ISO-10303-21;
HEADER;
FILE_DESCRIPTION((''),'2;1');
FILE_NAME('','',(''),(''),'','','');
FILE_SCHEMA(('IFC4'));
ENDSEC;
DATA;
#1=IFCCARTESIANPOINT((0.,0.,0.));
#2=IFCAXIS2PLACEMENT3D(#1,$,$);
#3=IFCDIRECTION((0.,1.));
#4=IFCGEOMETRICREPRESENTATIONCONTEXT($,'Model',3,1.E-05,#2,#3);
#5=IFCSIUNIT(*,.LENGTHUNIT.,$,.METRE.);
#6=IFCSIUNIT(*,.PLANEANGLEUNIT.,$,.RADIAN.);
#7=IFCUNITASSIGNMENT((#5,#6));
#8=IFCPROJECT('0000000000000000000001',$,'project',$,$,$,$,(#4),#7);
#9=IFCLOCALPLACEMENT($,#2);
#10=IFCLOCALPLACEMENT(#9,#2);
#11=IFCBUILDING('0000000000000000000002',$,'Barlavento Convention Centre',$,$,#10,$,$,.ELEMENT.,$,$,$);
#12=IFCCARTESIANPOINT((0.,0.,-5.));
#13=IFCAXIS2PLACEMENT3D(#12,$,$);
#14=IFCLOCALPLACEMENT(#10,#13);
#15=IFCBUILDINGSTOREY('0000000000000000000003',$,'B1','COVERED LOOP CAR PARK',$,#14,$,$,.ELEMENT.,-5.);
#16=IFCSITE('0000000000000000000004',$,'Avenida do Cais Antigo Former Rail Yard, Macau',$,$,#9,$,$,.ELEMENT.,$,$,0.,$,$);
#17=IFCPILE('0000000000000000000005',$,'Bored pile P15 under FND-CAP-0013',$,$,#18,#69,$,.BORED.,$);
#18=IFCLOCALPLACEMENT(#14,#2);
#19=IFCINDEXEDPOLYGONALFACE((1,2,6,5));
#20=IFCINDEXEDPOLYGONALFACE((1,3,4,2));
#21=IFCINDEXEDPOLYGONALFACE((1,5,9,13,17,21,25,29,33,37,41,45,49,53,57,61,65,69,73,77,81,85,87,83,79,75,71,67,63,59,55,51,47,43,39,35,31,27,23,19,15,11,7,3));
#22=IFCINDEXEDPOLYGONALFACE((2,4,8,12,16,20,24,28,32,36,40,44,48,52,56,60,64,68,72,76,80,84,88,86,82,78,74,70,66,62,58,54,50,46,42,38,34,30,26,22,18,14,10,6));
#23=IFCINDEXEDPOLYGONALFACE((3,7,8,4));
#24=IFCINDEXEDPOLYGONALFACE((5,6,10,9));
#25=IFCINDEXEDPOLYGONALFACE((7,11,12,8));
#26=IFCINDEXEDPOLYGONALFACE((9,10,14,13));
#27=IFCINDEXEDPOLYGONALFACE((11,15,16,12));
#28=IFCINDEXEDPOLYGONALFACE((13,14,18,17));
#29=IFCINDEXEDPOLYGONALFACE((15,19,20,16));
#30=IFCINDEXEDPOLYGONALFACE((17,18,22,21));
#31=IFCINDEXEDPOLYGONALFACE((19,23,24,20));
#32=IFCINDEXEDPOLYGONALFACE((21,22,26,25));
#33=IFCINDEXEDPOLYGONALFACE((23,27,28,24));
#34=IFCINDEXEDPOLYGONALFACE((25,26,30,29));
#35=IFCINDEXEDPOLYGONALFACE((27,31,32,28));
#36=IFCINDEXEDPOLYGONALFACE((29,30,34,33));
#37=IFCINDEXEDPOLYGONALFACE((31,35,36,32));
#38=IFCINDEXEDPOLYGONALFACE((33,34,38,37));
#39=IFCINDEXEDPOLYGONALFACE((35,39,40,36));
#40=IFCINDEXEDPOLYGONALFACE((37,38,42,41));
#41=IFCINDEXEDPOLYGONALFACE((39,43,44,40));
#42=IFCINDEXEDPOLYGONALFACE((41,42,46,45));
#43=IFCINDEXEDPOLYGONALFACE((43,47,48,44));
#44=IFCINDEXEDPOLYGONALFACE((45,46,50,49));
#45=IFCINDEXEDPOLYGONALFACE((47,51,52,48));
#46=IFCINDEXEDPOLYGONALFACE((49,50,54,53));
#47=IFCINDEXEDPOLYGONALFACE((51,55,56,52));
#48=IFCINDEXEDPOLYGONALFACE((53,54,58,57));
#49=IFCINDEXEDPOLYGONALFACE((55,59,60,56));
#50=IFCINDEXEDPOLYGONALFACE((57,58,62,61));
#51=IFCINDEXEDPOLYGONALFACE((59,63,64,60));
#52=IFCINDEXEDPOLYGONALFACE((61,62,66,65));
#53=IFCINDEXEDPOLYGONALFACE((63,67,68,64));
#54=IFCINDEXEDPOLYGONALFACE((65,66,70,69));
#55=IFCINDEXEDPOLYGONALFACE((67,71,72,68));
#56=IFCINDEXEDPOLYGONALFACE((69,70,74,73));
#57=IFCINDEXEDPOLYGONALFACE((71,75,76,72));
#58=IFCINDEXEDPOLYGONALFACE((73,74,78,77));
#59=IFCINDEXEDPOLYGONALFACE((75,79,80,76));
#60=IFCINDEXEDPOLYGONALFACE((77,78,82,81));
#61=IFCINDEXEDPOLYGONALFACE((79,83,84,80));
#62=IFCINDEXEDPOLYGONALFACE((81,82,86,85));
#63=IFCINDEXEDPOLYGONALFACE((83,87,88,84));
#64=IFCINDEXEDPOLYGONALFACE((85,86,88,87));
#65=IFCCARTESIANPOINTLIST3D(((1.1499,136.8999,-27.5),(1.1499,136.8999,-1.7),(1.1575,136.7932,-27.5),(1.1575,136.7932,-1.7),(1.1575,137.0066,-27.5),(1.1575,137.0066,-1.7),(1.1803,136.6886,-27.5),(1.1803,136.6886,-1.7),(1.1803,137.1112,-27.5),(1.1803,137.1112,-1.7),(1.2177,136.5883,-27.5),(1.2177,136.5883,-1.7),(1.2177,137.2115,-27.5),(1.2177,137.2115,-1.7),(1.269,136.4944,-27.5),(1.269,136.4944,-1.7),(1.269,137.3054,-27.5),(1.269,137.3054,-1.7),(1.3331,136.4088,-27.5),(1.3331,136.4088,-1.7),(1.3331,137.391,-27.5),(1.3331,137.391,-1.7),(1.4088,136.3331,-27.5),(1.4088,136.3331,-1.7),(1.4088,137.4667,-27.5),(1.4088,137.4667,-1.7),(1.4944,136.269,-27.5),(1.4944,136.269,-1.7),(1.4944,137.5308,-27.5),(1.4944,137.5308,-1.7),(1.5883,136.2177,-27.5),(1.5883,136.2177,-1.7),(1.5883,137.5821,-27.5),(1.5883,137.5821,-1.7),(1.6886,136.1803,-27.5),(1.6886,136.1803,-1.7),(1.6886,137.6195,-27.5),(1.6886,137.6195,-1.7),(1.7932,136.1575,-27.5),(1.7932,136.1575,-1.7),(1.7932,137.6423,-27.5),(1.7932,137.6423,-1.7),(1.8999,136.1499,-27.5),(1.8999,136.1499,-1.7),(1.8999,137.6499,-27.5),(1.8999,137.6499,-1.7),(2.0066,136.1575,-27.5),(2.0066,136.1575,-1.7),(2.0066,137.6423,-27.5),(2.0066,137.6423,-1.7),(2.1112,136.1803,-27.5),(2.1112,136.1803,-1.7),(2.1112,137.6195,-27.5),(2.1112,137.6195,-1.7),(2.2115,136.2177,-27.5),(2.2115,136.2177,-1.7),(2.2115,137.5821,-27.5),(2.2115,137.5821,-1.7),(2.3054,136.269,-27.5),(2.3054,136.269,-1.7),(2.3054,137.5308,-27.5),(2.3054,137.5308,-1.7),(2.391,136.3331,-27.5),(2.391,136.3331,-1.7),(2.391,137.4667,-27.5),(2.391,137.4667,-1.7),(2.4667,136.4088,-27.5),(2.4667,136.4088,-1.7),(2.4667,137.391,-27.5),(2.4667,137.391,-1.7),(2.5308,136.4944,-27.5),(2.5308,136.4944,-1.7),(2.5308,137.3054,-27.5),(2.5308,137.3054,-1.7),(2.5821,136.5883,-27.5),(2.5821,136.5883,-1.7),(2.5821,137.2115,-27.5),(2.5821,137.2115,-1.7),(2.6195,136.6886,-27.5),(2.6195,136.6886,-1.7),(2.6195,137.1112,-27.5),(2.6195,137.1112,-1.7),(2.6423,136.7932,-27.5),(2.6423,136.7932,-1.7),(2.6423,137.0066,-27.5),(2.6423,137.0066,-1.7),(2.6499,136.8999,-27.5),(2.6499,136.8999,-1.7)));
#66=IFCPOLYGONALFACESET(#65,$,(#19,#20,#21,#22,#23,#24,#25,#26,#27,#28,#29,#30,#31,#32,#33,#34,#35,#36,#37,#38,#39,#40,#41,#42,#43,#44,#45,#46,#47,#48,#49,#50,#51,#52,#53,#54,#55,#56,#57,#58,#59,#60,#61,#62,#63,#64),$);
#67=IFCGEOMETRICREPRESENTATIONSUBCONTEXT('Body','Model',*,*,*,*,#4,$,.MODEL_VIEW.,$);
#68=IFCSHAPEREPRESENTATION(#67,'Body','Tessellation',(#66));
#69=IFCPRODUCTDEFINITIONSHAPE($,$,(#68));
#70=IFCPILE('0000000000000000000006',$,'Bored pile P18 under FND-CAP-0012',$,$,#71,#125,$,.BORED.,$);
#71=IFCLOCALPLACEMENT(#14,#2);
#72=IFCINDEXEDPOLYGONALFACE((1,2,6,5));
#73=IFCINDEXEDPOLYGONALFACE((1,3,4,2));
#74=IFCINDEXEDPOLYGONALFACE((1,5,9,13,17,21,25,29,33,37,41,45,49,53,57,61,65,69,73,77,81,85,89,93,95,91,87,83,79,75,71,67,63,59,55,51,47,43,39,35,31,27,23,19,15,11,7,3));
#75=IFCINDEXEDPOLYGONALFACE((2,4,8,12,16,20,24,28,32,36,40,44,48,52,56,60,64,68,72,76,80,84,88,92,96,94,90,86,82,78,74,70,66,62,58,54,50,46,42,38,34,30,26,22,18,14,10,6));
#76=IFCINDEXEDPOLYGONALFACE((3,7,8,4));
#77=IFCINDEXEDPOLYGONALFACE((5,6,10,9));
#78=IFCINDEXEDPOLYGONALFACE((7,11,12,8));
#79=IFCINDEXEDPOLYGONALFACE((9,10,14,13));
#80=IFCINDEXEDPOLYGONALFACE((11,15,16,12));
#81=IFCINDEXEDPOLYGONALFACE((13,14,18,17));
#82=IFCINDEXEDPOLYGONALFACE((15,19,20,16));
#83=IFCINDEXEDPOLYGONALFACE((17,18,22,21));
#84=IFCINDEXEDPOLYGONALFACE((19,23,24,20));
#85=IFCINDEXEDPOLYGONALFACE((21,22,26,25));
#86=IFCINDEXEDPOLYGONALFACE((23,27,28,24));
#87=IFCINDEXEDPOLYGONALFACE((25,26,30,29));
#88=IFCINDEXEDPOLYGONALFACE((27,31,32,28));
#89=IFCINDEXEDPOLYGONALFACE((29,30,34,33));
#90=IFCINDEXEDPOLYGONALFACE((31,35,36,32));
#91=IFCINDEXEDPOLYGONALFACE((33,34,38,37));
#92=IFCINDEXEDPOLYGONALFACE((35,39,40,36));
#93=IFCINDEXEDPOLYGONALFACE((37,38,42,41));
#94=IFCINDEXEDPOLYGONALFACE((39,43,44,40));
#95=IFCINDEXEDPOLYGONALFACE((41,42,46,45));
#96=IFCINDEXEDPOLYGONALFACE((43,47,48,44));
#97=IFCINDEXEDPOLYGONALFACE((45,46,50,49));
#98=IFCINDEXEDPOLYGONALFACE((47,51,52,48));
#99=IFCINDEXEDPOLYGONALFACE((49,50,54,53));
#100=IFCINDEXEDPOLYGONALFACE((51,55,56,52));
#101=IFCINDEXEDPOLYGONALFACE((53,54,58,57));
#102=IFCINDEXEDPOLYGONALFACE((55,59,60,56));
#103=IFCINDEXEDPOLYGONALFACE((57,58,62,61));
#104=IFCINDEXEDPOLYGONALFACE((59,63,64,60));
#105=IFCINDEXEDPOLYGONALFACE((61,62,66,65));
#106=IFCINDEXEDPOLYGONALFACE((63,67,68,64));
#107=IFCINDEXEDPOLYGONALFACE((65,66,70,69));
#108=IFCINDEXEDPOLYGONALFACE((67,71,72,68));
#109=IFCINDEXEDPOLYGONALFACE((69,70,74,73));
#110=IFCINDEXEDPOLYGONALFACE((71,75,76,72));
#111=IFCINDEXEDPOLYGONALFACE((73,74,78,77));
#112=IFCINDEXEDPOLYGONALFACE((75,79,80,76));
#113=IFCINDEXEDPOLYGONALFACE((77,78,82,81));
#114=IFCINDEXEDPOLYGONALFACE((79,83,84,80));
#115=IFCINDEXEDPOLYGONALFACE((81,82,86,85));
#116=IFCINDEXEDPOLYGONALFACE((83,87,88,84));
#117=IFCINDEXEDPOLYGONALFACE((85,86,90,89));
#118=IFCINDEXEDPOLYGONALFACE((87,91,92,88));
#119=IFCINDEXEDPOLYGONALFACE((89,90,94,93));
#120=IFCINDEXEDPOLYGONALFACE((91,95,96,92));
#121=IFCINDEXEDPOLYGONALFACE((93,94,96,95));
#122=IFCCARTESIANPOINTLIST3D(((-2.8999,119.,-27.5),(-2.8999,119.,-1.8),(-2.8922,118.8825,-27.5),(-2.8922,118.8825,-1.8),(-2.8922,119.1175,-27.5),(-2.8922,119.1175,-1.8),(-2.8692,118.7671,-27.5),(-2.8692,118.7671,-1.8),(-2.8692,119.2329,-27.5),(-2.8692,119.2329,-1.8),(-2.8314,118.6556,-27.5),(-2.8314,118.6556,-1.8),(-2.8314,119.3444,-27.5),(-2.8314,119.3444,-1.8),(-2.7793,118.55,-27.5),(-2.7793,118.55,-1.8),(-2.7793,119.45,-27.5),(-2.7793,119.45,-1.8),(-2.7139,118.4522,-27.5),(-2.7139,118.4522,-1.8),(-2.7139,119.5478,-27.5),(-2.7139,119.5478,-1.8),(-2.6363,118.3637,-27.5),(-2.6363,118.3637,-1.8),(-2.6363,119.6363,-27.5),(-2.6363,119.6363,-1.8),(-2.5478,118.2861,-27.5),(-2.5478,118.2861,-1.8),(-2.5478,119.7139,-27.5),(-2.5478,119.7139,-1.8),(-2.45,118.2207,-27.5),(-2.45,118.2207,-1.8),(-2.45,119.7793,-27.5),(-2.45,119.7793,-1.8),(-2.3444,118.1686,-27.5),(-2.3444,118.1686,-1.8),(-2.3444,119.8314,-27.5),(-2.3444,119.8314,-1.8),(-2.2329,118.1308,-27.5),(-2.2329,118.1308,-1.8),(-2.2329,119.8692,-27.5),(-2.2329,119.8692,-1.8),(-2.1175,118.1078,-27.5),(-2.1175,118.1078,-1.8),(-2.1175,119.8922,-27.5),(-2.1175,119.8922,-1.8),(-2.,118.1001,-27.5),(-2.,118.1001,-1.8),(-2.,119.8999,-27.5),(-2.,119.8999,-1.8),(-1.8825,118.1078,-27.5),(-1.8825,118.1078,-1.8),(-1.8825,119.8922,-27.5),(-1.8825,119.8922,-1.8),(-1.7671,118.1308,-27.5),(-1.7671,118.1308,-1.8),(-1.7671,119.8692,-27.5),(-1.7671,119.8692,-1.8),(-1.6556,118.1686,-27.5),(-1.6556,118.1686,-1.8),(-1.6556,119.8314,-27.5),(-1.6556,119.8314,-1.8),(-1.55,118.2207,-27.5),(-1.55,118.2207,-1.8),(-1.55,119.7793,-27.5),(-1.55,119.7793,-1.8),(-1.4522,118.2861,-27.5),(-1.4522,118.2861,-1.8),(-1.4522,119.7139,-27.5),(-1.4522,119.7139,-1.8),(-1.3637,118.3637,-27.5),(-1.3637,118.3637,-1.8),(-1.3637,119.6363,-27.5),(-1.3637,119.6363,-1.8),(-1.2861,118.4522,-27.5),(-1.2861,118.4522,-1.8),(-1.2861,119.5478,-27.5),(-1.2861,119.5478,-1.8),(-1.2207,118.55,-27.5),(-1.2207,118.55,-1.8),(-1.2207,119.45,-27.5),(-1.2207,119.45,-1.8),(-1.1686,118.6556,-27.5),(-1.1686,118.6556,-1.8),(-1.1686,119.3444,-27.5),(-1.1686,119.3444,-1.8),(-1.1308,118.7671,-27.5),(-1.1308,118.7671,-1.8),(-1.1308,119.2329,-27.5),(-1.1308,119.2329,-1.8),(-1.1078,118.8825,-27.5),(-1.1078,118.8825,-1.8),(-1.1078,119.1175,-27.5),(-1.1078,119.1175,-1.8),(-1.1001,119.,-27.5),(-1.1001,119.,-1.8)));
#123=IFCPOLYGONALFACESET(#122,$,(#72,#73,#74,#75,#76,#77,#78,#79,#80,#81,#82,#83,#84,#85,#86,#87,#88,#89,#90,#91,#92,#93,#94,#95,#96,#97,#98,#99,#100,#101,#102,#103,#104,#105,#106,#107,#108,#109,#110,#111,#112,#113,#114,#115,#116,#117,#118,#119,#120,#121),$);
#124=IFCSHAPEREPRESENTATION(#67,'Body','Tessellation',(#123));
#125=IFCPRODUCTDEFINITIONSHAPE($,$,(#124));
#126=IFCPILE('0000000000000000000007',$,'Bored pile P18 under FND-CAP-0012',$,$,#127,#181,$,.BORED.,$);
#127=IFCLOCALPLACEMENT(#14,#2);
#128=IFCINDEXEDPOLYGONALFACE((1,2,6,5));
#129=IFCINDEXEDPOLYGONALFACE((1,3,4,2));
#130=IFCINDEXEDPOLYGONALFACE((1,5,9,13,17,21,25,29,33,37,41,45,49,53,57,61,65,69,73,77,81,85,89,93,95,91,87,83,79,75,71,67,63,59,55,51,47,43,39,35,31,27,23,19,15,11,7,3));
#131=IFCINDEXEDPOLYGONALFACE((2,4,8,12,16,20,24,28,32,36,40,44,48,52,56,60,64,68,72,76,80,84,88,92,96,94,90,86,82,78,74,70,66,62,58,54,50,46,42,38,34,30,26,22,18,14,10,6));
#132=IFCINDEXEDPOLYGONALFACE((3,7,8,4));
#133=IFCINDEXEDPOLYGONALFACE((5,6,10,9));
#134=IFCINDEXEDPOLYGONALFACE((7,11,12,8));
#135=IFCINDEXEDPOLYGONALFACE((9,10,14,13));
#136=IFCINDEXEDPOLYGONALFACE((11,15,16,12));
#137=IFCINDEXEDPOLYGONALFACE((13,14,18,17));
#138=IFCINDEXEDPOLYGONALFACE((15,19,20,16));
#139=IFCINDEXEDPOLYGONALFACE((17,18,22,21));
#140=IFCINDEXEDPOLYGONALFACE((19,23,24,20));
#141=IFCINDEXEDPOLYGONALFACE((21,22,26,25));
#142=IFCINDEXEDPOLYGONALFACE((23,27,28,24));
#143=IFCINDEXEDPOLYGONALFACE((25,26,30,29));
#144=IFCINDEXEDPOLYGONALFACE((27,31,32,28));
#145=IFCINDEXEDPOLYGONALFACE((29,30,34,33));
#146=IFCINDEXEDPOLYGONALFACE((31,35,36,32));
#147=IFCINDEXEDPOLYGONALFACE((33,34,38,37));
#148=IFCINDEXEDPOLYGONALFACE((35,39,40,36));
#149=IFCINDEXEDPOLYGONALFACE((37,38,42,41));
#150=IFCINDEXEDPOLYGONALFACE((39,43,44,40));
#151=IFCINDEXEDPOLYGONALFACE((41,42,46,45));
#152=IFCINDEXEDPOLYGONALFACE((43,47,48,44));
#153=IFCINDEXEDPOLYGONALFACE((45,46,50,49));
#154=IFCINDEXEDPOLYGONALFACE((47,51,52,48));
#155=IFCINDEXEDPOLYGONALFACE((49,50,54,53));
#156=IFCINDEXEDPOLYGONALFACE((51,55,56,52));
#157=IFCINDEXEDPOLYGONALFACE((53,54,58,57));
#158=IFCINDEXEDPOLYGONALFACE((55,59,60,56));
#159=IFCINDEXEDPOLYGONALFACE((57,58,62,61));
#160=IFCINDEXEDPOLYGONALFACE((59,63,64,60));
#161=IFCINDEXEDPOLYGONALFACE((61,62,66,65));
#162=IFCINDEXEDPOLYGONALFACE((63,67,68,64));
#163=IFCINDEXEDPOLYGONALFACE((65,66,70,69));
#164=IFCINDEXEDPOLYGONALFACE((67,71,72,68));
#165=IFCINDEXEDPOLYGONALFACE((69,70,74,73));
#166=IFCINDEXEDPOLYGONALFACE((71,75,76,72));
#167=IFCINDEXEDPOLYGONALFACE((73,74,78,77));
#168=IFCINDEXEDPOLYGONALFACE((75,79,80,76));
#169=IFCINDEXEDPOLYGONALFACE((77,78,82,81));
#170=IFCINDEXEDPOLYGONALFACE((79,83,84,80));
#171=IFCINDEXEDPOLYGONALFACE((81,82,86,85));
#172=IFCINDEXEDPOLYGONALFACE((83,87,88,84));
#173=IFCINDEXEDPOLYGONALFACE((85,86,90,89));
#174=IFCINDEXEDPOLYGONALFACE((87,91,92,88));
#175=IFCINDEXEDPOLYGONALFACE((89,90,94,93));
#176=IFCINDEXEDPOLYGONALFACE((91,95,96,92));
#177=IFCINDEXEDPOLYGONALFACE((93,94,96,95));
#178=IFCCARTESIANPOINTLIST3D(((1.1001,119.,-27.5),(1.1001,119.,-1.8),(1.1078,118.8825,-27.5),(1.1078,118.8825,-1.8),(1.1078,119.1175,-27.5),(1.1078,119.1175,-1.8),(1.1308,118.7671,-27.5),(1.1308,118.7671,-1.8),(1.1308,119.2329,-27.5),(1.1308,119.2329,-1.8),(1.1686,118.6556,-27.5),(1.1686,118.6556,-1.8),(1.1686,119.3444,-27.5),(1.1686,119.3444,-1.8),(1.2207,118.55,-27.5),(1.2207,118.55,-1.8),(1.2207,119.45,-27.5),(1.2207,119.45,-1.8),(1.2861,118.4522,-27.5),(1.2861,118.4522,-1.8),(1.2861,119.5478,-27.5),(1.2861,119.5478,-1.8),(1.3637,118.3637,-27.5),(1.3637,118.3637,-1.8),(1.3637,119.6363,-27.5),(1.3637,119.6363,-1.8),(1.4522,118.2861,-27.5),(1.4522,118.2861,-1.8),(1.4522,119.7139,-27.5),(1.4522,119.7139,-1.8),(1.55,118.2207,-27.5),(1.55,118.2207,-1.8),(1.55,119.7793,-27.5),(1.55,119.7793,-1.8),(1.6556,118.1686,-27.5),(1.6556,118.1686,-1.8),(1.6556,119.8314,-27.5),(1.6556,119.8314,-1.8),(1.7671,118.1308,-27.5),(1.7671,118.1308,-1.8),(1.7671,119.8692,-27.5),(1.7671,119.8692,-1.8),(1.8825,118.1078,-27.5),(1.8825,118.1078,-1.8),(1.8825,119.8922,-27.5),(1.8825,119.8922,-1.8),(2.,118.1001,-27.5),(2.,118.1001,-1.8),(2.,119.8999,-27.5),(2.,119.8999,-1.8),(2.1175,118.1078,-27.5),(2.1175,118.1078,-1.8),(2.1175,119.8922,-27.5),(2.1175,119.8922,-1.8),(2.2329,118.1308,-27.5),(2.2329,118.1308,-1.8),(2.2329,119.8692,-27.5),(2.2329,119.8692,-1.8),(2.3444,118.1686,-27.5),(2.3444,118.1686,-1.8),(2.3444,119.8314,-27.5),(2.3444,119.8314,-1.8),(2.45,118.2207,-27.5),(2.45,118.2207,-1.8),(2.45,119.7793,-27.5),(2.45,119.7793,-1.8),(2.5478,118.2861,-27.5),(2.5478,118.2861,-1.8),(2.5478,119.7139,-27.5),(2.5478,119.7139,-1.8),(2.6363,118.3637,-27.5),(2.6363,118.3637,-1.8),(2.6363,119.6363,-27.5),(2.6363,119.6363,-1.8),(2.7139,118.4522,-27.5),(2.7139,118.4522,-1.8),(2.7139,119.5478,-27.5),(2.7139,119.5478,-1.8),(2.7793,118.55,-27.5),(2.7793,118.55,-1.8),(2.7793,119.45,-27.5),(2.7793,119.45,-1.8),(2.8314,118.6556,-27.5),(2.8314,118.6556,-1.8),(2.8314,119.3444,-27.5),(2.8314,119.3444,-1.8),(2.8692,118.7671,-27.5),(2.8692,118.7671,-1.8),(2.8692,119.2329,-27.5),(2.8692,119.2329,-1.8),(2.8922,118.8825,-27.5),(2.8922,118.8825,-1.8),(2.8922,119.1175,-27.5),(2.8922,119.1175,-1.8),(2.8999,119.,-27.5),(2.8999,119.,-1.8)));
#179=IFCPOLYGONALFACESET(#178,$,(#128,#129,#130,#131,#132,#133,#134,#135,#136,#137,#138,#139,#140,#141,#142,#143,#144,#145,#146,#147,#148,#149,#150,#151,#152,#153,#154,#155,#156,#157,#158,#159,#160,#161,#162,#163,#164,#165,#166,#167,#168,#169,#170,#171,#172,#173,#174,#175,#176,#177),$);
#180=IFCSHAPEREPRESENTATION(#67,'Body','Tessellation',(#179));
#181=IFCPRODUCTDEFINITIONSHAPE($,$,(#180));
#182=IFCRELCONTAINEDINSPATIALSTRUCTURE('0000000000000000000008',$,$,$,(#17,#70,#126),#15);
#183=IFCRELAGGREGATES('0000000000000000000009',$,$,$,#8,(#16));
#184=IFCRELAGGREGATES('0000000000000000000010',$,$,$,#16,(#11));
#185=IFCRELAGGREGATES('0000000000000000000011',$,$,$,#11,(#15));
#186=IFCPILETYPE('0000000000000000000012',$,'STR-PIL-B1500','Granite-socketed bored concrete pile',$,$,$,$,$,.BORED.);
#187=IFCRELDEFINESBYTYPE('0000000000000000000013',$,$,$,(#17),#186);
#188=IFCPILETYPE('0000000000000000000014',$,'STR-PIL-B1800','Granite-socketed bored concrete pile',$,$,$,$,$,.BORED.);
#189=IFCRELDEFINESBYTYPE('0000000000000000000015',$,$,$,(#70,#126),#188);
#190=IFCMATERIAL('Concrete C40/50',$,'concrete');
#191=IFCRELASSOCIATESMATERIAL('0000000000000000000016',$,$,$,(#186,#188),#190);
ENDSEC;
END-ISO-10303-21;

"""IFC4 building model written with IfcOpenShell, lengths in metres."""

from ifc_helpers import new_model, si_unit, direction, frame, origin, origin_2d, place, context, subcontext, project, spatial, circle, extrude, material, material_profile, profile_set, type_object, element, save


model = new_model("IFC4")

# Units and contexts
model_context = context("Model", 3, precision=1e-05, world=origin(), true_north=direction((0.0, 1.0)))
body_context = subcontext(model_context, "Body", "Model", "MODEL_VIEW")
ifc_project = project(units=[si_unit("LENGTHUNIT", "METRE"), si_unit("PLANEANGLEUNIT", "RADIAN")], contexts=[model_context])

# Site, building, storey
site_placement = place(None, origin())
site = spatial("IfcSite", under=ifc_project, at=site_placement, Name="Avenida do Cais Antigo Former Rail Yard, Macau", CompositionType="ELEMENT", RefElevation=0.0)
building_placement = place(site_placement, origin())
building = spatial("IfcBuilding", under=site, at=building_placement, Name="Barlavento Convention Centre", CompositionType="ELEMENT")
storey_placement = place(building_placement, frame((0.0, 0.0, -5.0)))
storey = spatial("IfcBuildingStorey", under=building, at=storey_placement, Name="B1", Description="COVERED LOOP CAR PARK", CompositionType="ELEMENT", Elevation=-5.0)

# Shared definitions
ifc_material_1 = material(Name="Concrete C40/50", Category="concrete")

# Piles
ifc_material_profile_1 = material_profile(ifc_material_1, circle(Radius=0.75, at=origin_2d()), Name="BORED PILE 1500")
ifc_profile_set_1 = profile_set([ifc_material_profile_1], Name="Concrete C40/50")
pile_type_1 = type_object("IfcPileType", Name="STR-PIL-B1500", Description="Granite-socketed bored concrete pile", PredefinedType="BORED", material=ifc_profile_set_1)
for number, where, z_axis, x_axis, name in (
    (1, (1.8999, 136.8999, -1.7), (0.0, 0.0, -1.0), (1.0, 0.0, 0.0), "Bored pile P15 under FND-CAP-0013"),
):
    element("IfcPile", number, at=place(storey_placement, frame(where, z_axis=z_axis, x_axis=x_axis)), inside=storey, type_object=pile_type_1, Name=name, PredefinedType="BORED", context=body_context, shape_type="SweptSolid", body=[
        extrude(circle(Radius=0.75, at=origin_2d()), origin(), (0.0, 0.0, 1.0), 25.8),
    ])
ifc_material_profile_2 = material_profile(ifc_material_1, circle(Radius=0.8999, at=origin_2d()), Name="BORED PILE 1800")
ifc_profile_set_2 = profile_set([ifc_material_profile_2], Name="Concrete C40/50")
pile_type_2 = type_object("IfcPileType", Name="STR-PIL-B1800", Description="Granite-socketed bored concrete pile", PredefinedType="BORED", material=ifc_profile_set_2)
for number, where, z_axis, x_axis, name in (
    (2, (-2.0, 119.0, -1.8), (0.0, 0.0, -1.0), (1.0, 0.0, 0.0), "Bored pile P18 under FND-CAP-0012"),
    (3, (2.0, 119.0, -1.8), (0.0, 0.0, -1.0), (1.0, 0.0, 0.0), "Bored pile P18 under FND-CAP-0012"),
):
    element("IfcPile", number, at=place(storey_placement, frame(where, z_axis=z_axis, x_axis=x_axis)), inside=storey, type_object=pile_type_2, Name=name, PredefinedType="BORED", context=body_context, shape_type="SweptSolid", body=[
        extrude(circle(Radius=0.8999, at=origin_2d()), origin(), (0.0, 0.0, 1.0), 25.7),
    ])

save(model, "model.ifc")
